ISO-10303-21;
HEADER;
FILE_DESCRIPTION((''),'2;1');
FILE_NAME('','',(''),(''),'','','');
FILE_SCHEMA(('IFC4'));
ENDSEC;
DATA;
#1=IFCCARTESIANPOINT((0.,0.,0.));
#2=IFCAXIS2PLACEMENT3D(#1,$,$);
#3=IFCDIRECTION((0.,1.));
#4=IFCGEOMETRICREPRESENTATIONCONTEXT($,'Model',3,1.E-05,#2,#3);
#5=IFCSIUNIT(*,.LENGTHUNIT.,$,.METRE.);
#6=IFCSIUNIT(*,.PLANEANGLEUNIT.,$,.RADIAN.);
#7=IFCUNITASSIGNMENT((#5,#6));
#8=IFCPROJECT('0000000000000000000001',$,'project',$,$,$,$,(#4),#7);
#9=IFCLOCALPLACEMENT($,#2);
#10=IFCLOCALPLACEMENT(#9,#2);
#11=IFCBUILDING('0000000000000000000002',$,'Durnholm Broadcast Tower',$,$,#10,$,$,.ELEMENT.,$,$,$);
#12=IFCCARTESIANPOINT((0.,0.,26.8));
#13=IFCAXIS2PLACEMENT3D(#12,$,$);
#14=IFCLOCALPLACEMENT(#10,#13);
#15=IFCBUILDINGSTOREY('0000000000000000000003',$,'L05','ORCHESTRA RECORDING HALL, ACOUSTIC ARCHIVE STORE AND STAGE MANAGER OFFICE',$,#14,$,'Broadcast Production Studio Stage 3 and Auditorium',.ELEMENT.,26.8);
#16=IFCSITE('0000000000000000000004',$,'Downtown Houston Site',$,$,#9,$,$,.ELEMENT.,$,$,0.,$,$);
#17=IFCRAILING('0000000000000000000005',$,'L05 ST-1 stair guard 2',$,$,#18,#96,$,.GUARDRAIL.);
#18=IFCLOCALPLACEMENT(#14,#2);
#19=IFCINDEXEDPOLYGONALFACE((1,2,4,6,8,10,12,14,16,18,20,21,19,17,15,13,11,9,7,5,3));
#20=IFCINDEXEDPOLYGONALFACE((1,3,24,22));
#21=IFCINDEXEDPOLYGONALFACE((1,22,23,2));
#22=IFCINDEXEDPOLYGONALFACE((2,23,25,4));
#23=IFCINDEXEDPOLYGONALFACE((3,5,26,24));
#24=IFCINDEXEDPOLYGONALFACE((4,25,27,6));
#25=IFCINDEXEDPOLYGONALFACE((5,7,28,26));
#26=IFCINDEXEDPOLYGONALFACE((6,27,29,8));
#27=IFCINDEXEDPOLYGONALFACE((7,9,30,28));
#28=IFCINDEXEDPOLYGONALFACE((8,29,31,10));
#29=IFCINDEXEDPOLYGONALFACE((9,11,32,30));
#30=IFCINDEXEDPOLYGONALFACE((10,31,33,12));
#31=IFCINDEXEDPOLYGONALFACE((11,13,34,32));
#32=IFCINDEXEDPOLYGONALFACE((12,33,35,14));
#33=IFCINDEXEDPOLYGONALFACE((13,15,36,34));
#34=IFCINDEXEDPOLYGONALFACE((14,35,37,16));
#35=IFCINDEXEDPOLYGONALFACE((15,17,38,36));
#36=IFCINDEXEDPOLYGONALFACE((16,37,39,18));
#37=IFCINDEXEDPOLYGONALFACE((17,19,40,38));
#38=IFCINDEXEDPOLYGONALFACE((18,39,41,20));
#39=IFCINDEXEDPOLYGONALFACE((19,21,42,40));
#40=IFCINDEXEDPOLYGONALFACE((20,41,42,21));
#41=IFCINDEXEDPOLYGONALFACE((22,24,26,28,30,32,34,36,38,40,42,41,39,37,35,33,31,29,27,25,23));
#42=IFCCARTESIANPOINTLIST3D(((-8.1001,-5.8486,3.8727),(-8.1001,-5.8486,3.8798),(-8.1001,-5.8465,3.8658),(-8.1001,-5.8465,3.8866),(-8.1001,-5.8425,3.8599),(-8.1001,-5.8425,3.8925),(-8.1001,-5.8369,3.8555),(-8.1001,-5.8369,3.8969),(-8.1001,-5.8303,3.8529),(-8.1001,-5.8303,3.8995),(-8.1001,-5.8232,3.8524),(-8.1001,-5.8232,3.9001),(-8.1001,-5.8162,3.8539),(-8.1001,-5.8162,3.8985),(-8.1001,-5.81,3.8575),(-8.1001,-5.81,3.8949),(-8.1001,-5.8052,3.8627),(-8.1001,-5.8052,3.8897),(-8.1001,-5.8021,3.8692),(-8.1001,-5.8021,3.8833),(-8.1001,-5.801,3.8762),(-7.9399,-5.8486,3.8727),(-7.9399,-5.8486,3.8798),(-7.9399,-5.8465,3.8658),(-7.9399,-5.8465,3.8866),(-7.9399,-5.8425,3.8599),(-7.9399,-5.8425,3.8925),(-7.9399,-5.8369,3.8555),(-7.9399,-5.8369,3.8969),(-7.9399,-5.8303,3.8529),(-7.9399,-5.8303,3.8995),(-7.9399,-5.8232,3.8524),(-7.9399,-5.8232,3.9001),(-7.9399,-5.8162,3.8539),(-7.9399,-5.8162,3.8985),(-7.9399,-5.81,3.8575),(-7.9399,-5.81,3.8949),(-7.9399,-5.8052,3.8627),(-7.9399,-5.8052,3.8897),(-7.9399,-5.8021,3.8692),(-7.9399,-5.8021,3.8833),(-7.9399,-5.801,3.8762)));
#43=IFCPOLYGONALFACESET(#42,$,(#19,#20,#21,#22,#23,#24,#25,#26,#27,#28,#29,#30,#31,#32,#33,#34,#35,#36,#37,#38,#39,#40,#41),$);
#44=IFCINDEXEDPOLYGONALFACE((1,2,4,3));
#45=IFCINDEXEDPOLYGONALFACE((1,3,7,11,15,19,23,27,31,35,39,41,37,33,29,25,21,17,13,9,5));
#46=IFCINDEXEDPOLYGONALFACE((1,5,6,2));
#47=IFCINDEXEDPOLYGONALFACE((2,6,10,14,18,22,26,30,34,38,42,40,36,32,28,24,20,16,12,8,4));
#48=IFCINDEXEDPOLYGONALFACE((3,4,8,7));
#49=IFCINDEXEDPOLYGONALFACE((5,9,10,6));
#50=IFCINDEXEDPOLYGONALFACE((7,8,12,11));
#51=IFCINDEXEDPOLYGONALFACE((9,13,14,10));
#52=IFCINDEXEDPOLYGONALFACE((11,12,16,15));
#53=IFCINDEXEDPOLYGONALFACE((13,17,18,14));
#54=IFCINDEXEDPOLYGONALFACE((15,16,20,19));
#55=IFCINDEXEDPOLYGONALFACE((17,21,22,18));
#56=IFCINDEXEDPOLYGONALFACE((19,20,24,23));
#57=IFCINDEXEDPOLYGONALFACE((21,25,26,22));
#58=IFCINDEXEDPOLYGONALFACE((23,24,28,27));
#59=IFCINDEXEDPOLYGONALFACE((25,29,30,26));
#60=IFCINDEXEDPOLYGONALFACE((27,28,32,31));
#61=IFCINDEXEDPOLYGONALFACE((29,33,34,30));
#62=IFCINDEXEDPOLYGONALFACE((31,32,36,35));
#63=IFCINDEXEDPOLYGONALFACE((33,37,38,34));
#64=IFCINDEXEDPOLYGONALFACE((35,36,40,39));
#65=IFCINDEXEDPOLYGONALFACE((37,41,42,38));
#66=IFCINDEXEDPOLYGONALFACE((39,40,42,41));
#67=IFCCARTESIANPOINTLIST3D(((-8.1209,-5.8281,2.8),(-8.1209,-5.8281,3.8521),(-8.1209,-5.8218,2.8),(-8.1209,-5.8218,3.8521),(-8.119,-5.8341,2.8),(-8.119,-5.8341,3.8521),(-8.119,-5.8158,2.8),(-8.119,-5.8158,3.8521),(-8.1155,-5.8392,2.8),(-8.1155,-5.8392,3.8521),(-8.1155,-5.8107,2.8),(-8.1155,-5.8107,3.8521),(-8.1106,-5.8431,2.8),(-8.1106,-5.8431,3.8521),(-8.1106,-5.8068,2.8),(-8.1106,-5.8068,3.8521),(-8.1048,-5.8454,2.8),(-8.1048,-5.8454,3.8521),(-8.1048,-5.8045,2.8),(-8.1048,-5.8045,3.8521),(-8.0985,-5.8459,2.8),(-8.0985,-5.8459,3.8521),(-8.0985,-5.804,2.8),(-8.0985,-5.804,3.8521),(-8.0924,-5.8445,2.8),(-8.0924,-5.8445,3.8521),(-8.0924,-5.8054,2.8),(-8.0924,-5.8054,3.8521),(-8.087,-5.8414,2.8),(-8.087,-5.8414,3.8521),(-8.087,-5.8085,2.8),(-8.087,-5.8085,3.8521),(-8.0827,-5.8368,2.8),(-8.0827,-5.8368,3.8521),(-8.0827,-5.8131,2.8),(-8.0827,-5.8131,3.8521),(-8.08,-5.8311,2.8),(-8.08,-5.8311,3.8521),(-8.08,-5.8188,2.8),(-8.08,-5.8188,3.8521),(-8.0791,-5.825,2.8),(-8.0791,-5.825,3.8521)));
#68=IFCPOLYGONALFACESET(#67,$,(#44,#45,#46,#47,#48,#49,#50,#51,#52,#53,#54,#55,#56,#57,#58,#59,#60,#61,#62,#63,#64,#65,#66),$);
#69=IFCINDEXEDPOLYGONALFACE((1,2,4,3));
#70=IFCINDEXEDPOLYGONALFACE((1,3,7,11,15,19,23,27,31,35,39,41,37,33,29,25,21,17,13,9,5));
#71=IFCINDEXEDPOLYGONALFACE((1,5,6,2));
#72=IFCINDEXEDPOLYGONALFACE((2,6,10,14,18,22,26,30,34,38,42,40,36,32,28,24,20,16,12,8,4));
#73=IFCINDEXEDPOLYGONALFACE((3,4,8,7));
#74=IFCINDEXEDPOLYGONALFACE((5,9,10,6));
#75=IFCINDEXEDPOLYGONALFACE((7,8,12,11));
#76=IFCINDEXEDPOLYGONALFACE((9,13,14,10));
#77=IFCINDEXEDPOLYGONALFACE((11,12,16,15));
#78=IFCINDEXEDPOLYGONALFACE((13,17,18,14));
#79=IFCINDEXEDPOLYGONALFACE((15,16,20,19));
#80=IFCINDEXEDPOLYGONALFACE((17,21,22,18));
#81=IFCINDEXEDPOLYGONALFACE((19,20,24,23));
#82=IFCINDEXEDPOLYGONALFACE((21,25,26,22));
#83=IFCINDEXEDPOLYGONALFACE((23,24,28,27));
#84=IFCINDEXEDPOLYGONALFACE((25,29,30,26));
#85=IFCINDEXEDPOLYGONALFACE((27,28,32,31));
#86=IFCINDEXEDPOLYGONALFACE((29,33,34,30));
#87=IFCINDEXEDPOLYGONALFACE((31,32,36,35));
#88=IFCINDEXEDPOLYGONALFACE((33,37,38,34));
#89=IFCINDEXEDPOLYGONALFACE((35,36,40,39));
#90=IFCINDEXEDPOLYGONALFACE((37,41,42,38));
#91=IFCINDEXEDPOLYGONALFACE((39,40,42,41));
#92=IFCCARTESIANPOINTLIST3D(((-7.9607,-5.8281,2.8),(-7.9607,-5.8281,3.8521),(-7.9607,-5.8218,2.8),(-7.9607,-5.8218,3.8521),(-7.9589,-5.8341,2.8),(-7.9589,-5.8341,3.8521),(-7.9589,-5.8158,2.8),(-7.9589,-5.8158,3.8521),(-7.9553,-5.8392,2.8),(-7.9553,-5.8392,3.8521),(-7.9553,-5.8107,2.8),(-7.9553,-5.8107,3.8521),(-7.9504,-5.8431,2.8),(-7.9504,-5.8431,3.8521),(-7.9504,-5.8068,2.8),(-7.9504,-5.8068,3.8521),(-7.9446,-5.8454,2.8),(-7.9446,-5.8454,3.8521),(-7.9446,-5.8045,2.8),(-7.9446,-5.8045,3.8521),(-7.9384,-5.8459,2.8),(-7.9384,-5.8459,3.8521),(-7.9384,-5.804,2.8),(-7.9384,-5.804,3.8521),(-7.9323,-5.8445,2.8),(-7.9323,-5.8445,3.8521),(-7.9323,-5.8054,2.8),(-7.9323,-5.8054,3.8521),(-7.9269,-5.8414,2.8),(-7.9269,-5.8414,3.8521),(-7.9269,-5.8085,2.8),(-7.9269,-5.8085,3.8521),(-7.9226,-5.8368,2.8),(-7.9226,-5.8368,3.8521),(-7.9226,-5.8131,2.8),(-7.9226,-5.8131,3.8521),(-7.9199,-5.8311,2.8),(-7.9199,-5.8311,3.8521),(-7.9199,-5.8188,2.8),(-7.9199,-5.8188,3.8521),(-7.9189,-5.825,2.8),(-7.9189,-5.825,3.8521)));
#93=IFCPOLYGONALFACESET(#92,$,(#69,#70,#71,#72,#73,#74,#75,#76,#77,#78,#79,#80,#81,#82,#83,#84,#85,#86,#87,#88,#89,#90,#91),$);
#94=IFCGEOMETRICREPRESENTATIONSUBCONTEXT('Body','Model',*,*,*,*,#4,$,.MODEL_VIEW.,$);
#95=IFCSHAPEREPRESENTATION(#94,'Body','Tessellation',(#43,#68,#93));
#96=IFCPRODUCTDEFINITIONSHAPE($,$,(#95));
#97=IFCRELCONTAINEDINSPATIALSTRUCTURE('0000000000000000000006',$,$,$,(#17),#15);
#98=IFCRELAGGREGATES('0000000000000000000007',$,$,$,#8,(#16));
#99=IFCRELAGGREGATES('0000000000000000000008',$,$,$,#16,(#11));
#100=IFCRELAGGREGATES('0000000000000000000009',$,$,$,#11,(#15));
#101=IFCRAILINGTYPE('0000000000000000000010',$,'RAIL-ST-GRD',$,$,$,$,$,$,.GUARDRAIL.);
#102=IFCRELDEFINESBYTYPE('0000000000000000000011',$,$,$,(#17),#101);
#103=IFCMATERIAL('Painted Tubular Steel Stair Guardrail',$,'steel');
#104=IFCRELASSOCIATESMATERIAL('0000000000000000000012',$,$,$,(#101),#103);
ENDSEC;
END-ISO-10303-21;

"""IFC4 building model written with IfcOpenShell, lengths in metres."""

from ifc_helpers import new_model, si_unit, direction, frame, origin, origin_2d, place, context, subcontext, project, spatial, circle, extrude, material, type_object, element, save


model = new_model("IFC4")

# Units and contexts
model_context = context("Model", 3, precision=1e-05, world=origin(), true_north=direction((0.0, 1.0)))
body_context = subcontext(model_context, "Body", "Model", "MODEL_VIEW")
ifc_project = project(units=[si_unit("LENGTHUNIT", "METRE"), si_unit("PLANEANGLEUNIT", "RADIAN")], contexts=[model_context])

# Site, building, storey
site_placement = place(None, origin())
site = spatial("IfcSite", under=ifc_project, at=site_placement, Name="Downtown Houston Site", CompositionType="ELEMENT", RefElevation=0.0)
building_placement = place(site_placement, origin())
building = spatial("IfcBuilding", under=site, at=building_placement, Name="Durnholm Broadcast Tower", CompositionType="ELEMENT")
storey_placement = place(building_placement, frame((0.0, 0.0, 26.8)))
storey = spatial("IfcBuildingStorey", under=building, at=storey_placement, Name="L05", Description="ORCHESTRA RECORDING HALL, ACOUSTIC ARCHIVE STORE AND STAGE MANAGER OFFICE", LongName="Broadcast Production Studio Stage 3 and Auditorium", CompositionType="ELEMENT", Elevation=26.8)

# Railing
ifc_material_1 = material(Name="Painted Tubular Steel Stair Guardrail", Category="steel")
railing_type_1 = type_object("IfcRailingType", Name="RAIL-ST-GRD", PredefinedType="GUARDRAIL", material=ifc_material_1)
railing_1_placement = place(storey_placement, frame((-8.1001, -5.825, 2.8)))
element("IfcRailing", 1, at=railing_1_placement, inside=storey, type_object=railing_type_1, Name="L05 ST-1 stair guard 2", PredefinedType="GUARDRAIL", context=body_context, shape_type="SweptSolid", body=[
    extrude(circle(Radius=0.0239, at=origin_2d()), frame((0.0, 0.0, 1.0762), z_axis=(1.0, 0.0, 0.0), x_axis=(0.0, 1.0, 0.0)), (0.0, 0.0, 1.0), 0.1602),
    extrude(circle(Radius=0.021, at=origin_2d()), origin(), (0.0, 0.0, 1.0), 1.052),
    extrude(circle(Radius=0.021, at=origin_2d()), frame((0.1602, 0.0, 0.0)), (0.0, 0.0, 1.0), 1.052),
])

save(model, "model.ifc")
